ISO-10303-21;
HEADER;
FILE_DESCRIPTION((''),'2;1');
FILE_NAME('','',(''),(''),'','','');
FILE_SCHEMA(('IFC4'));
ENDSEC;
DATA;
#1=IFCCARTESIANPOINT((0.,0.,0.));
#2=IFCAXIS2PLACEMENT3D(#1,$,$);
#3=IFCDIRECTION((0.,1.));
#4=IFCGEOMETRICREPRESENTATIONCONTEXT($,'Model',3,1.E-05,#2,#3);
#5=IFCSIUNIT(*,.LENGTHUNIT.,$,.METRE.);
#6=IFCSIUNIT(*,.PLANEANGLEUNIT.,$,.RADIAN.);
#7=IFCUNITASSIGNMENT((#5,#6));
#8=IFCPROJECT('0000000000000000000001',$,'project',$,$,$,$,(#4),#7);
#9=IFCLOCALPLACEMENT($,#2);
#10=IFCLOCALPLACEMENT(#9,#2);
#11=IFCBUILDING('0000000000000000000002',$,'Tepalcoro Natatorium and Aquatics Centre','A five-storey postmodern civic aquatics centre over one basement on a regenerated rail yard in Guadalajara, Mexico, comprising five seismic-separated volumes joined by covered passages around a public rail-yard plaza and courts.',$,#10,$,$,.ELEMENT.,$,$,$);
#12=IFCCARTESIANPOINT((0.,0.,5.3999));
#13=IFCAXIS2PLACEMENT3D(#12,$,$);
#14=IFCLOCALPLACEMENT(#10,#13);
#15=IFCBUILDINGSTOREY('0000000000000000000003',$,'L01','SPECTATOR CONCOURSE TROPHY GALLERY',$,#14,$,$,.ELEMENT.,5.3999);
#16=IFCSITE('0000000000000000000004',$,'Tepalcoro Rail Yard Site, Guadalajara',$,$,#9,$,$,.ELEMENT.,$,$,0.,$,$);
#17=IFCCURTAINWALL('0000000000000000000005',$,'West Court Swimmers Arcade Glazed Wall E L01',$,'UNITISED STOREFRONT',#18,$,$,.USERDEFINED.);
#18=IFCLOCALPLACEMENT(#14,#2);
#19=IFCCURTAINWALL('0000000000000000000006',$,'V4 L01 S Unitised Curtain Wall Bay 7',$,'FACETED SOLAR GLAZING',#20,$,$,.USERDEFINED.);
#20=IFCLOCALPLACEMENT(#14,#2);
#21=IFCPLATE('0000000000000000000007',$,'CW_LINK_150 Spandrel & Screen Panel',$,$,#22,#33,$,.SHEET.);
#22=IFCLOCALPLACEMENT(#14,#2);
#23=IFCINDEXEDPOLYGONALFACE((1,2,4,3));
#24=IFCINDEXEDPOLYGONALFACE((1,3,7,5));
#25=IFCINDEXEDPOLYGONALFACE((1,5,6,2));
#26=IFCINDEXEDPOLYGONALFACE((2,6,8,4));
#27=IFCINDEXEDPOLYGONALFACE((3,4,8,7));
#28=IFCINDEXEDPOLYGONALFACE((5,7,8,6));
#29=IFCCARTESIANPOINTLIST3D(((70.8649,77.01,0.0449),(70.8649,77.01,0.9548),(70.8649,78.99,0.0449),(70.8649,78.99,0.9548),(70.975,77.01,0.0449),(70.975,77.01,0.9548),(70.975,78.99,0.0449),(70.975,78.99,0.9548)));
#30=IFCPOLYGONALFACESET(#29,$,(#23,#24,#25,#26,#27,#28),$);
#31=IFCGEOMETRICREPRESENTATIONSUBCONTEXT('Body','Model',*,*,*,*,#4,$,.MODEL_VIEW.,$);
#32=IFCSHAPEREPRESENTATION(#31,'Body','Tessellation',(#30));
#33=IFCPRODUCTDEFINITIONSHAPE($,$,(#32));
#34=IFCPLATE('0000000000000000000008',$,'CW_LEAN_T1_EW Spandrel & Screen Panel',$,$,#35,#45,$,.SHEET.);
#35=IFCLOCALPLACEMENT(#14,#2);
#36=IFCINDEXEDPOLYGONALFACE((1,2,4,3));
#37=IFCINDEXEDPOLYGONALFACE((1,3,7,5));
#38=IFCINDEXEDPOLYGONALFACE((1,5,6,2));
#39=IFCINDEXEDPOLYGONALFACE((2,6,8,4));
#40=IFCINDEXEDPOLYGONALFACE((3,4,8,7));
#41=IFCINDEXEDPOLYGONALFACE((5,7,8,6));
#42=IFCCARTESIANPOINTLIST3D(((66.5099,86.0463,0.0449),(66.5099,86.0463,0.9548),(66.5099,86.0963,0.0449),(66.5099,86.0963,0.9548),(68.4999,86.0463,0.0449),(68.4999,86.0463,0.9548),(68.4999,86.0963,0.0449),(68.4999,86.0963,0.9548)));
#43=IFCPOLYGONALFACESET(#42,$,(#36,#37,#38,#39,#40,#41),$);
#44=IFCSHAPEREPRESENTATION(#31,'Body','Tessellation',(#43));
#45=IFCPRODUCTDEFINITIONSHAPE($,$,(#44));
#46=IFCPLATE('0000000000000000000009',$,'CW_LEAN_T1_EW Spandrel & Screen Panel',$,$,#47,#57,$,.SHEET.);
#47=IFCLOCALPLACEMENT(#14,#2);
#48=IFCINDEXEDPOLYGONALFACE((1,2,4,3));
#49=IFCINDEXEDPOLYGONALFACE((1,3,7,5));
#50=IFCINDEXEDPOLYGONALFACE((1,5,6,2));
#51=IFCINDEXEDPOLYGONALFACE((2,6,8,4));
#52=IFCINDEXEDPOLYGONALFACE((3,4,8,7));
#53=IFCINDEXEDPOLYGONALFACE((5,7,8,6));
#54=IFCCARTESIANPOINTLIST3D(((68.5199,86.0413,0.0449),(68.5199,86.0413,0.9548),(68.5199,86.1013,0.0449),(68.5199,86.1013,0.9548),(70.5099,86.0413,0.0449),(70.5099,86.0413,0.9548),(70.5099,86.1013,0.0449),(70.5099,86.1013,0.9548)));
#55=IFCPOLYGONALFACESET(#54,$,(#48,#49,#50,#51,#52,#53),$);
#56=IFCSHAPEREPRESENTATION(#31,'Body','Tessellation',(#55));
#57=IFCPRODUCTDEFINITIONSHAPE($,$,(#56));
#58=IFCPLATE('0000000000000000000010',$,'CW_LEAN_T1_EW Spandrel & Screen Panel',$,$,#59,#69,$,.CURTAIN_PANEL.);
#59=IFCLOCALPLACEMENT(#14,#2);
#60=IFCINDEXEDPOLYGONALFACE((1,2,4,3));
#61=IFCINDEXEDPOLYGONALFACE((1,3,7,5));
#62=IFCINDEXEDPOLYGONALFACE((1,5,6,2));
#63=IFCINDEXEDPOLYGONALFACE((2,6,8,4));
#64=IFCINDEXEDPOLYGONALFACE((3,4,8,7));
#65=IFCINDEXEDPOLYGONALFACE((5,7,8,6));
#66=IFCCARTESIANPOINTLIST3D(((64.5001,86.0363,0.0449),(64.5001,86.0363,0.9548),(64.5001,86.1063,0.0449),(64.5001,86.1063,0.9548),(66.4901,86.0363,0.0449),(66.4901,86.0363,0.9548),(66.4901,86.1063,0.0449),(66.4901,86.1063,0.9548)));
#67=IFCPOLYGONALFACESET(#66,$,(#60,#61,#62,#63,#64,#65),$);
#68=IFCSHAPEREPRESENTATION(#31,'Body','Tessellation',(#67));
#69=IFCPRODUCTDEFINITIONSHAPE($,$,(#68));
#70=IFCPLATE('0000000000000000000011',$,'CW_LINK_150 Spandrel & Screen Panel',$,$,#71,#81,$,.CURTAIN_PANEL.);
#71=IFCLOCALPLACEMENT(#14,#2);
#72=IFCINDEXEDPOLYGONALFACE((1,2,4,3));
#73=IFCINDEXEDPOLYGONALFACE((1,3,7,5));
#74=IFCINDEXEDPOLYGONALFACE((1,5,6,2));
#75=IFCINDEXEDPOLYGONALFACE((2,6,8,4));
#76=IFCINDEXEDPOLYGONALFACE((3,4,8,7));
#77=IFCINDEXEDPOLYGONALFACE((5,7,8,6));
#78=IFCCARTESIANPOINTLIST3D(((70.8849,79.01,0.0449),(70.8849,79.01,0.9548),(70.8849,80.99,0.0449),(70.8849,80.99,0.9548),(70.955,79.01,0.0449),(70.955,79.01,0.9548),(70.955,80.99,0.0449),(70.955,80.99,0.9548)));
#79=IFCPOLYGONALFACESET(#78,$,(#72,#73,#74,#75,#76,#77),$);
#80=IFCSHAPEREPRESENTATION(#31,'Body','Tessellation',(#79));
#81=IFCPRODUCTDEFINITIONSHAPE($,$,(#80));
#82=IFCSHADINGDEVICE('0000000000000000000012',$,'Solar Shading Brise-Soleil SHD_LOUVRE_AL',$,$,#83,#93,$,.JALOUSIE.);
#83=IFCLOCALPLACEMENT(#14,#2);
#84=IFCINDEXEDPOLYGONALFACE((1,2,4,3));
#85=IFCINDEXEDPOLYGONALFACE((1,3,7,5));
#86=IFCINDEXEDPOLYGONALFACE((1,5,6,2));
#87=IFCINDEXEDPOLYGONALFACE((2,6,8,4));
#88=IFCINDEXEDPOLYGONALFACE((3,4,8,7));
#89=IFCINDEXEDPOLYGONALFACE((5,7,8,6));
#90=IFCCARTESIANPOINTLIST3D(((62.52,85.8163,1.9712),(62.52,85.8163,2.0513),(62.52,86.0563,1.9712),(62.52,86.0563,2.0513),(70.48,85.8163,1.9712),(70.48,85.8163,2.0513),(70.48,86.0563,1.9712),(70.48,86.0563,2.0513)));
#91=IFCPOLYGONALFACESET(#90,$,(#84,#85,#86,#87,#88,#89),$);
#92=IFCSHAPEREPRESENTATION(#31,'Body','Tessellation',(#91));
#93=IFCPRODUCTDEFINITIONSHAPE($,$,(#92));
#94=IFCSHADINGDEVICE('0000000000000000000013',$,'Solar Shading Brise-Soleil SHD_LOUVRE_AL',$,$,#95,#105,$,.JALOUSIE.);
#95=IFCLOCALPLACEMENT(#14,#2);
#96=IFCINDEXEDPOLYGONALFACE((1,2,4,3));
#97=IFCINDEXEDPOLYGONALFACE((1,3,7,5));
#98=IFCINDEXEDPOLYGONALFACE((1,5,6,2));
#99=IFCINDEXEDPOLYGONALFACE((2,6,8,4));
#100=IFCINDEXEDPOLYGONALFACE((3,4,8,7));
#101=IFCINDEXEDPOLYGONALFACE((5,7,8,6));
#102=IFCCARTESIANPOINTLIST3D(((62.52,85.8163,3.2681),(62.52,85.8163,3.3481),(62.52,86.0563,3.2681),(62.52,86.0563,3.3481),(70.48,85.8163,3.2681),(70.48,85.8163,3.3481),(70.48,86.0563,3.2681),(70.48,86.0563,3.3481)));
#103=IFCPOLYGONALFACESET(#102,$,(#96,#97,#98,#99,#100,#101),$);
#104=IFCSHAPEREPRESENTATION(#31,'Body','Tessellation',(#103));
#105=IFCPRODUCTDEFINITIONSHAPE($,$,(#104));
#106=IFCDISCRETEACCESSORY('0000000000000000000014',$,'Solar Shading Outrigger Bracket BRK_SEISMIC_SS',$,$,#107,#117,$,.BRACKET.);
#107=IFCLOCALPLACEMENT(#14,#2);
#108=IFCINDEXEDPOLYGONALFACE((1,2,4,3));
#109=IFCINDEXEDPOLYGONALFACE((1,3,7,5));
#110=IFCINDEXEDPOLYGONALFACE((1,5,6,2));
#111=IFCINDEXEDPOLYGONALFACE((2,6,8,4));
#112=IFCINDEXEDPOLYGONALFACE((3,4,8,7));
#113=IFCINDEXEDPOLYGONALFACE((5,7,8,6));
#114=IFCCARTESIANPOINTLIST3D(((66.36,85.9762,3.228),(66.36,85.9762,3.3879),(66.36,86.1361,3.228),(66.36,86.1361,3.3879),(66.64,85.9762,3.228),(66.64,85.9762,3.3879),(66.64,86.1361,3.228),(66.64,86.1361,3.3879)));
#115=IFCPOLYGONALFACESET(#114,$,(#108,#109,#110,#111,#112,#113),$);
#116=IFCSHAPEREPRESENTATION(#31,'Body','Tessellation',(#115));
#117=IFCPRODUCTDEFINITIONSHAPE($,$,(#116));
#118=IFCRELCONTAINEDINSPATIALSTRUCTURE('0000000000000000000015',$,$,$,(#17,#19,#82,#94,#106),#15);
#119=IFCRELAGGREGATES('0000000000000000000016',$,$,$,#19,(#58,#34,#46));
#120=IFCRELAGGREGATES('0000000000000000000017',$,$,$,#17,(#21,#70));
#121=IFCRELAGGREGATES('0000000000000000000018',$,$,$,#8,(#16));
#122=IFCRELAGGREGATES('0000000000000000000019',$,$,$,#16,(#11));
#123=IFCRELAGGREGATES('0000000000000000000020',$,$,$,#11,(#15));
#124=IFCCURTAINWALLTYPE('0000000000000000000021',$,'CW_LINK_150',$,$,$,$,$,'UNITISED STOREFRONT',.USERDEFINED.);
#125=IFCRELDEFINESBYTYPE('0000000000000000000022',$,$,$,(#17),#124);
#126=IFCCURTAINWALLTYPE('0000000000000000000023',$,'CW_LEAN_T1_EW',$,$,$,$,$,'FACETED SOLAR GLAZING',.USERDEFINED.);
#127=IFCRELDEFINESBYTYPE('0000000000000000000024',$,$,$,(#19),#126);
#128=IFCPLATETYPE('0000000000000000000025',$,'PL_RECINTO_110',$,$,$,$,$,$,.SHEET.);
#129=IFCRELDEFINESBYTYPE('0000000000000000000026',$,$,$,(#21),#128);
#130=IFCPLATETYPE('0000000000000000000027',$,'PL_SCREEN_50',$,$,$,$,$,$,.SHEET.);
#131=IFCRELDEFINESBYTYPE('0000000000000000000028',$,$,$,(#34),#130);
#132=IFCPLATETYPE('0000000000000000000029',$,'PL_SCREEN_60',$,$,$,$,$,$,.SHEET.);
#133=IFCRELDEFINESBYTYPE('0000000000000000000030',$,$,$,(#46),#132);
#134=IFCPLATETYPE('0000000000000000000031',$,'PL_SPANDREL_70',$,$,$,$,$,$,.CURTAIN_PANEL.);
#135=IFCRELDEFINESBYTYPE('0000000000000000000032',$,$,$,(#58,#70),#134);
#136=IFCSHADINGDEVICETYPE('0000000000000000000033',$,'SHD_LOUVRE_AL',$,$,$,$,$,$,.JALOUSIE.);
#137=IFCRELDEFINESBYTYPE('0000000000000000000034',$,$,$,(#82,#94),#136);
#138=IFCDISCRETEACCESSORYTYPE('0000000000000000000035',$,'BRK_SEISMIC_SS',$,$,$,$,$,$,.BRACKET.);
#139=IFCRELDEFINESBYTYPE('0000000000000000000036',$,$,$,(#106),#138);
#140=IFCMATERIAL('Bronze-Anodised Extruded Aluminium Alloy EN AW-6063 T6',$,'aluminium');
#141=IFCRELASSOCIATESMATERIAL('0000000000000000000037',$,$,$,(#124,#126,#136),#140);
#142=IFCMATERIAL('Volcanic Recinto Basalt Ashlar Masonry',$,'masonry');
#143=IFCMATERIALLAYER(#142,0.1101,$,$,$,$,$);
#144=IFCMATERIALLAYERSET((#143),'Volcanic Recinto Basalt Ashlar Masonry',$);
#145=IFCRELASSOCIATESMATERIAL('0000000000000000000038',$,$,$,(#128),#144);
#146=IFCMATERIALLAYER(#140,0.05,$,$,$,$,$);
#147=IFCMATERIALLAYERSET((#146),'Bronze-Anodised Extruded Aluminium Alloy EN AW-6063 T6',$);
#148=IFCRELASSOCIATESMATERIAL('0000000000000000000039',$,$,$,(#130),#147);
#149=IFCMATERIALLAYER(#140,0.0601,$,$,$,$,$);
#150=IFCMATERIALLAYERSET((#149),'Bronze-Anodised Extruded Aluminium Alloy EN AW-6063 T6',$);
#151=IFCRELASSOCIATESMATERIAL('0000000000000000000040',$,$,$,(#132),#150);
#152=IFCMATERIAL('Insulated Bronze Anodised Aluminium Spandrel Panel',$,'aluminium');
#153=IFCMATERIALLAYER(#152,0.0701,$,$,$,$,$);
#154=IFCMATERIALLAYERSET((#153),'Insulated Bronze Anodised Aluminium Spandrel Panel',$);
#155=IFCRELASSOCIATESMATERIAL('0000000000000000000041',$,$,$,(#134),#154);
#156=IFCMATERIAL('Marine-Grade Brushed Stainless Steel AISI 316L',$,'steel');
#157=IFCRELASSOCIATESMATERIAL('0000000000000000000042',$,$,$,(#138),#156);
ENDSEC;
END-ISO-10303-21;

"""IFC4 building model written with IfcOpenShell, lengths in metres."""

from ifc_helpers import new_model, si_unit, direction, frame, origin, origin_2d, place, context, subcontext, project, spatial, rectangle, extrude, material, layer, layer_set, type_object, element, aggregate, save


model = new_model("IFC4")

# Units and contexts
model_context = context("Model", 3, precision=1e-05, world=origin(), true_north=direction((0.0, 1.0)))
body_context = subcontext(model_context, "Body", "Model", "MODEL_VIEW")
ifc_project = project(units=[si_unit("LENGTHUNIT", "METRE"), si_unit("PLANEANGLEUNIT", "RADIAN")], contexts=[model_context])

# Site, building, storey
site_placement = place(None, origin())
site = spatial("IfcSite", under=ifc_project, at=site_placement, Name="Tepalcoro Rail Yard Site, Guadalajara", CompositionType="ELEMENT", RefElevation=0.0)
building_placement = place(site_placement, origin())
building = spatial("IfcBuilding", under=site, at=building_placement, Name="Tepalcoro Natatorium and Aquatics Centre", Description="A five-storey postmodern civic aquatics centre over one basement on a regenerated rail yard in Guadalajara, Mexico, comprising five seismic-separated volumes joined by covered passages around a public rail-yard plaza and courts.", CompositionType="ELEMENT")
storey_placement = place(building_placement, frame((0.0, 0.0, 5.3999)))
storey = spatial("IfcBuildingStorey", under=building, at=storey_placement, Name="L01", Description="SPECTATOR CONCOURSE TROPHY GALLERY", CompositionType="ELEMENT", Elevation=5.3999)

# Curtain walls
ifc_material_1 = material(Name="Bronze-Anodised Extruded Aluminium Alloy EN AW-6063 T6", Category="aluminium")
curtain_wall_type_1 = type_object("IfcCurtainWallType", Name="CW_LINK_150", ElementType="UNITISED STOREFRONT", PredefinedType="USERDEFINED", material=ifc_material_1)
curtain_wall_1_placement = place(storey_placement, origin())
curtain_wall_1 = element("IfcCurtainWall", 1, at=curtain_wall_1_placement, inside=storey, type_object=curtain_wall_type_1, Name="West Court Swimmers Arcade Glazed Wall E L01", ObjectType="UNITISED STOREFRONT", PredefinedType="USERDEFINED")
curtain_wall_type_2 = type_object("IfcCurtainWallType", Name="CW_LEAN_T1_EW", ElementType="FACETED SOLAR GLAZING", PredefinedType="USERDEFINED", material=ifc_material_1)
curtain_wall_2_placement = place(storey_placement, origin())
curtain_wall_2 = element("IfcCurtainWall", 2, at=curtain_wall_2_placement, inside=storey, type_object=curtain_wall_type_2, Name="V4 L01 S Unitised Curtain Wall Bay 7", ObjectType="FACETED SOLAR GLAZING", PredefinedType="USERDEFINED")

# Plates
ifc_material_2 = material(Name="Volcanic Recinto Basalt Ashlar Masonry", Category="masonry")
ifc_layer_1 = layer(ifc_material_2, 0.1101)
ifc_layer_set_1 = layer_set([ifc_layer_1], Name="Volcanic Recinto Basalt Ashlar Masonry")
plate_type_1 = type_object("IfcPlateType", Name="PL_RECINTO_110", PredefinedType="SHEET", material=ifc_layer_set_1)
plate_1_placement = place(storey_placement, frame((70.9199, 78.0, 0.0449), z_axis=(0.0, 0.0, 1.0), x_axis=(1.0, 0.0, 0.0)))
plate_1 = element("IfcPlate", 3, at=plate_1_placement, type_object=plate_type_1, Name="CW_LINK_150 Spandrel & Screen Panel", PredefinedType="SHEET", context=body_context, shape_type="SweptSolid", body=[
    extrude(rectangle(XDim=0.1101, YDim=1.98, at=origin_2d()), origin(), (0.0, 0.0, 1.0), 0.9099),
])
ifc_layer_2 = layer(ifc_material_1, 0.05)
ifc_layer_set_2 = layer_set([ifc_layer_2], Name="Bronze-Anodised Extruded Aluminium Alloy EN AW-6063 T6")
plate_type_2 = type_object("IfcPlateType", Name="PL_SCREEN_50", PredefinedType="SHEET", material=ifc_layer_set_2)
plate_2_placement = place(storey_placement, frame((67.5049, 86.0713, 0.0449), z_axis=(0.0, 0.0, 1.0), x_axis=(1.0, 0.0, 0.0)))
plate_2 = element("IfcPlate", 4, at=plate_2_placement, type_object=plate_type_2, Name="CW_LEAN_T1_EW Spandrel & Screen Panel", PredefinedType="SHEET", context=body_context, shape_type="SweptSolid", body=[
    extrude(rectangle(XDim=1.99, YDim=0.05, at=origin_2d()), origin(), (0.0, 0.0, 1.0), 0.9099),
])
ifc_layer_3 = layer(ifc_material_1, 0.0601)
ifc_layer_set_3 = layer_set([ifc_layer_3], Name="Bronze-Anodised Extruded Aluminium Alloy EN AW-6063 T6")
plate_type_3 = type_object("IfcPlateType", Name="PL_SCREEN_60", PredefinedType="SHEET", material=ifc_layer_set_3)
plate_3_placement = place(storey_placement, frame((69.5149, 86.0713, 0.0449), z_axis=(0.0, 0.0, 1.0), x_axis=(1.0, 0.0, 0.0)))
plate_3 = element("IfcPlate", 5, at=plate_3_placement, type_object=plate_type_3, Name="CW_LEAN_T1_EW Spandrel & Screen Panel", PredefinedType="SHEET", context=body_context, shape_type="SweptSolid", body=[
    extrude(rectangle(XDim=1.99, YDim=0.0601, at=origin_2d()), origin(), (0.0, 0.0, 1.0), 0.9099),
])
ifc_material_3 = material(Name="Insulated Bronze Anodised Aluminium Spandrel Panel", Category="aluminium")
ifc_layer_4 = layer(ifc_material_3, 0.0701)
ifc_layer_set_4 = layer_set([ifc_layer_4], Name="Insulated Bronze Anodised Aluminium Spandrel Panel")
plate_type_4 = type_object("IfcPlateType", Name="PL_SPANDREL_70", PredefinedType="CURTAIN_PANEL", material=ifc_layer_set_4)
plate_4_placement = place(storey_placement, frame((65.4951, 86.0713, 0.0449), z_axis=(0.0, 0.0, 1.0), x_axis=(1.0, 0.0, 0.0)))
plate_4 = element("IfcPlate", 6, at=plate_4_placement, type_object=plate_type_4, Name="CW_LEAN_T1_EW Spandrel & Screen Panel", PredefinedType="CURTAIN_PANEL", context=body_context, shape_type="SweptSolid", body=[
    extrude(rectangle(XDim=1.99, YDim=0.0701, at=origin_2d()), origin(), (0.0, 0.0, 1.0), 0.9099),
])
aggregate(curtain_wall_2, [plate_4, plate_2, plate_3])
plate_5_placement = place(storey_placement, frame((70.9199, 80.0, 0.0449), z_axis=(0.0, 0.0, 1.0), x_axis=(1.0, 0.0, 0.0)))
plate_5 = element("IfcPlate", 7, at=plate_5_placement, type_object=plate_type_4, Name="CW_LINK_150 Spandrel & Screen Panel", PredefinedType="CURTAIN_PANEL", context=body_context, shape_type="SweptSolid", body=[
    extrude(rectangle(XDim=0.0701, YDim=1.98, at=origin_2d()), origin(), (0.0, 0.0, 1.0), 0.9099),
])
aggregate(curtain_wall_1, [plate_1, plate_5])

# Shading devices
shading_device_type = type_object("IfcShadingDeviceType", Name="SHD_LOUVRE_AL", PredefinedType="JALOUSIE", material=ifc_material_1)
for number, where, z_axis, x_axis, name in (
    (8, (66.5, 85.9363, 1.9712), (0.0, 0.0, 1.0), (1.0, 0.0, 0.0), "Solar Shading Brise-Soleil SHD_LOUVRE_AL"),
    (9, (66.5, 85.9363, 3.2681), (0.0, 0.0, 1.0), (1.0, 0.0, 0.0), "Solar Shading Brise-Soleil SHD_LOUVRE_AL"),
):
    element("IfcShadingDevice", number, at=place(storey_placement, frame(where, z_axis=z_axis, x_axis=x_axis)), inside=storey, type_object=shading_device_type, Name=name, PredefinedType="JALOUSIE", context=body_context, shape_type="SweptSolid", body=[
        extrude(rectangle(XDim=7.96, YDim=0.24, at=origin_2d()), origin(), (0.0, 0.0, 1.0), 0.0801),
    ])

# Discrete accessory
ifc_material_4 = material(Name="Marine-Grade Brushed Stainless Steel AISI 316L", Category="steel")
discrete_accessory_type = type_object("IfcDiscreteAccessoryType", Name="BRK_SEISMIC_SS", PredefinedType="BRACKET", material=ifc_material_4)
discrete_accessory_placement = place(storey_placement, frame((66.5, 86.0562, 3.228), z_axis=(0.0, 0.0, 1.0), x_axis=(1.0, 0.0, 0.0)))
element("IfcDiscreteAccessory", 10, at=discrete_accessory_placement, inside=storey, type_object=discrete_accessory_type, Name="Solar Shading Outrigger Bracket BRK_SEISMIC_SS", PredefinedType="BRACKET", context=body_context, shape_type="SweptSolid", body=[
    extrude(rectangle(XDim=0.28, YDim=0.1599, at=origin_2d()), origin(), (0.0, 0.0, 1.0), 0.1599),
])

save(model, "model.ifc")
